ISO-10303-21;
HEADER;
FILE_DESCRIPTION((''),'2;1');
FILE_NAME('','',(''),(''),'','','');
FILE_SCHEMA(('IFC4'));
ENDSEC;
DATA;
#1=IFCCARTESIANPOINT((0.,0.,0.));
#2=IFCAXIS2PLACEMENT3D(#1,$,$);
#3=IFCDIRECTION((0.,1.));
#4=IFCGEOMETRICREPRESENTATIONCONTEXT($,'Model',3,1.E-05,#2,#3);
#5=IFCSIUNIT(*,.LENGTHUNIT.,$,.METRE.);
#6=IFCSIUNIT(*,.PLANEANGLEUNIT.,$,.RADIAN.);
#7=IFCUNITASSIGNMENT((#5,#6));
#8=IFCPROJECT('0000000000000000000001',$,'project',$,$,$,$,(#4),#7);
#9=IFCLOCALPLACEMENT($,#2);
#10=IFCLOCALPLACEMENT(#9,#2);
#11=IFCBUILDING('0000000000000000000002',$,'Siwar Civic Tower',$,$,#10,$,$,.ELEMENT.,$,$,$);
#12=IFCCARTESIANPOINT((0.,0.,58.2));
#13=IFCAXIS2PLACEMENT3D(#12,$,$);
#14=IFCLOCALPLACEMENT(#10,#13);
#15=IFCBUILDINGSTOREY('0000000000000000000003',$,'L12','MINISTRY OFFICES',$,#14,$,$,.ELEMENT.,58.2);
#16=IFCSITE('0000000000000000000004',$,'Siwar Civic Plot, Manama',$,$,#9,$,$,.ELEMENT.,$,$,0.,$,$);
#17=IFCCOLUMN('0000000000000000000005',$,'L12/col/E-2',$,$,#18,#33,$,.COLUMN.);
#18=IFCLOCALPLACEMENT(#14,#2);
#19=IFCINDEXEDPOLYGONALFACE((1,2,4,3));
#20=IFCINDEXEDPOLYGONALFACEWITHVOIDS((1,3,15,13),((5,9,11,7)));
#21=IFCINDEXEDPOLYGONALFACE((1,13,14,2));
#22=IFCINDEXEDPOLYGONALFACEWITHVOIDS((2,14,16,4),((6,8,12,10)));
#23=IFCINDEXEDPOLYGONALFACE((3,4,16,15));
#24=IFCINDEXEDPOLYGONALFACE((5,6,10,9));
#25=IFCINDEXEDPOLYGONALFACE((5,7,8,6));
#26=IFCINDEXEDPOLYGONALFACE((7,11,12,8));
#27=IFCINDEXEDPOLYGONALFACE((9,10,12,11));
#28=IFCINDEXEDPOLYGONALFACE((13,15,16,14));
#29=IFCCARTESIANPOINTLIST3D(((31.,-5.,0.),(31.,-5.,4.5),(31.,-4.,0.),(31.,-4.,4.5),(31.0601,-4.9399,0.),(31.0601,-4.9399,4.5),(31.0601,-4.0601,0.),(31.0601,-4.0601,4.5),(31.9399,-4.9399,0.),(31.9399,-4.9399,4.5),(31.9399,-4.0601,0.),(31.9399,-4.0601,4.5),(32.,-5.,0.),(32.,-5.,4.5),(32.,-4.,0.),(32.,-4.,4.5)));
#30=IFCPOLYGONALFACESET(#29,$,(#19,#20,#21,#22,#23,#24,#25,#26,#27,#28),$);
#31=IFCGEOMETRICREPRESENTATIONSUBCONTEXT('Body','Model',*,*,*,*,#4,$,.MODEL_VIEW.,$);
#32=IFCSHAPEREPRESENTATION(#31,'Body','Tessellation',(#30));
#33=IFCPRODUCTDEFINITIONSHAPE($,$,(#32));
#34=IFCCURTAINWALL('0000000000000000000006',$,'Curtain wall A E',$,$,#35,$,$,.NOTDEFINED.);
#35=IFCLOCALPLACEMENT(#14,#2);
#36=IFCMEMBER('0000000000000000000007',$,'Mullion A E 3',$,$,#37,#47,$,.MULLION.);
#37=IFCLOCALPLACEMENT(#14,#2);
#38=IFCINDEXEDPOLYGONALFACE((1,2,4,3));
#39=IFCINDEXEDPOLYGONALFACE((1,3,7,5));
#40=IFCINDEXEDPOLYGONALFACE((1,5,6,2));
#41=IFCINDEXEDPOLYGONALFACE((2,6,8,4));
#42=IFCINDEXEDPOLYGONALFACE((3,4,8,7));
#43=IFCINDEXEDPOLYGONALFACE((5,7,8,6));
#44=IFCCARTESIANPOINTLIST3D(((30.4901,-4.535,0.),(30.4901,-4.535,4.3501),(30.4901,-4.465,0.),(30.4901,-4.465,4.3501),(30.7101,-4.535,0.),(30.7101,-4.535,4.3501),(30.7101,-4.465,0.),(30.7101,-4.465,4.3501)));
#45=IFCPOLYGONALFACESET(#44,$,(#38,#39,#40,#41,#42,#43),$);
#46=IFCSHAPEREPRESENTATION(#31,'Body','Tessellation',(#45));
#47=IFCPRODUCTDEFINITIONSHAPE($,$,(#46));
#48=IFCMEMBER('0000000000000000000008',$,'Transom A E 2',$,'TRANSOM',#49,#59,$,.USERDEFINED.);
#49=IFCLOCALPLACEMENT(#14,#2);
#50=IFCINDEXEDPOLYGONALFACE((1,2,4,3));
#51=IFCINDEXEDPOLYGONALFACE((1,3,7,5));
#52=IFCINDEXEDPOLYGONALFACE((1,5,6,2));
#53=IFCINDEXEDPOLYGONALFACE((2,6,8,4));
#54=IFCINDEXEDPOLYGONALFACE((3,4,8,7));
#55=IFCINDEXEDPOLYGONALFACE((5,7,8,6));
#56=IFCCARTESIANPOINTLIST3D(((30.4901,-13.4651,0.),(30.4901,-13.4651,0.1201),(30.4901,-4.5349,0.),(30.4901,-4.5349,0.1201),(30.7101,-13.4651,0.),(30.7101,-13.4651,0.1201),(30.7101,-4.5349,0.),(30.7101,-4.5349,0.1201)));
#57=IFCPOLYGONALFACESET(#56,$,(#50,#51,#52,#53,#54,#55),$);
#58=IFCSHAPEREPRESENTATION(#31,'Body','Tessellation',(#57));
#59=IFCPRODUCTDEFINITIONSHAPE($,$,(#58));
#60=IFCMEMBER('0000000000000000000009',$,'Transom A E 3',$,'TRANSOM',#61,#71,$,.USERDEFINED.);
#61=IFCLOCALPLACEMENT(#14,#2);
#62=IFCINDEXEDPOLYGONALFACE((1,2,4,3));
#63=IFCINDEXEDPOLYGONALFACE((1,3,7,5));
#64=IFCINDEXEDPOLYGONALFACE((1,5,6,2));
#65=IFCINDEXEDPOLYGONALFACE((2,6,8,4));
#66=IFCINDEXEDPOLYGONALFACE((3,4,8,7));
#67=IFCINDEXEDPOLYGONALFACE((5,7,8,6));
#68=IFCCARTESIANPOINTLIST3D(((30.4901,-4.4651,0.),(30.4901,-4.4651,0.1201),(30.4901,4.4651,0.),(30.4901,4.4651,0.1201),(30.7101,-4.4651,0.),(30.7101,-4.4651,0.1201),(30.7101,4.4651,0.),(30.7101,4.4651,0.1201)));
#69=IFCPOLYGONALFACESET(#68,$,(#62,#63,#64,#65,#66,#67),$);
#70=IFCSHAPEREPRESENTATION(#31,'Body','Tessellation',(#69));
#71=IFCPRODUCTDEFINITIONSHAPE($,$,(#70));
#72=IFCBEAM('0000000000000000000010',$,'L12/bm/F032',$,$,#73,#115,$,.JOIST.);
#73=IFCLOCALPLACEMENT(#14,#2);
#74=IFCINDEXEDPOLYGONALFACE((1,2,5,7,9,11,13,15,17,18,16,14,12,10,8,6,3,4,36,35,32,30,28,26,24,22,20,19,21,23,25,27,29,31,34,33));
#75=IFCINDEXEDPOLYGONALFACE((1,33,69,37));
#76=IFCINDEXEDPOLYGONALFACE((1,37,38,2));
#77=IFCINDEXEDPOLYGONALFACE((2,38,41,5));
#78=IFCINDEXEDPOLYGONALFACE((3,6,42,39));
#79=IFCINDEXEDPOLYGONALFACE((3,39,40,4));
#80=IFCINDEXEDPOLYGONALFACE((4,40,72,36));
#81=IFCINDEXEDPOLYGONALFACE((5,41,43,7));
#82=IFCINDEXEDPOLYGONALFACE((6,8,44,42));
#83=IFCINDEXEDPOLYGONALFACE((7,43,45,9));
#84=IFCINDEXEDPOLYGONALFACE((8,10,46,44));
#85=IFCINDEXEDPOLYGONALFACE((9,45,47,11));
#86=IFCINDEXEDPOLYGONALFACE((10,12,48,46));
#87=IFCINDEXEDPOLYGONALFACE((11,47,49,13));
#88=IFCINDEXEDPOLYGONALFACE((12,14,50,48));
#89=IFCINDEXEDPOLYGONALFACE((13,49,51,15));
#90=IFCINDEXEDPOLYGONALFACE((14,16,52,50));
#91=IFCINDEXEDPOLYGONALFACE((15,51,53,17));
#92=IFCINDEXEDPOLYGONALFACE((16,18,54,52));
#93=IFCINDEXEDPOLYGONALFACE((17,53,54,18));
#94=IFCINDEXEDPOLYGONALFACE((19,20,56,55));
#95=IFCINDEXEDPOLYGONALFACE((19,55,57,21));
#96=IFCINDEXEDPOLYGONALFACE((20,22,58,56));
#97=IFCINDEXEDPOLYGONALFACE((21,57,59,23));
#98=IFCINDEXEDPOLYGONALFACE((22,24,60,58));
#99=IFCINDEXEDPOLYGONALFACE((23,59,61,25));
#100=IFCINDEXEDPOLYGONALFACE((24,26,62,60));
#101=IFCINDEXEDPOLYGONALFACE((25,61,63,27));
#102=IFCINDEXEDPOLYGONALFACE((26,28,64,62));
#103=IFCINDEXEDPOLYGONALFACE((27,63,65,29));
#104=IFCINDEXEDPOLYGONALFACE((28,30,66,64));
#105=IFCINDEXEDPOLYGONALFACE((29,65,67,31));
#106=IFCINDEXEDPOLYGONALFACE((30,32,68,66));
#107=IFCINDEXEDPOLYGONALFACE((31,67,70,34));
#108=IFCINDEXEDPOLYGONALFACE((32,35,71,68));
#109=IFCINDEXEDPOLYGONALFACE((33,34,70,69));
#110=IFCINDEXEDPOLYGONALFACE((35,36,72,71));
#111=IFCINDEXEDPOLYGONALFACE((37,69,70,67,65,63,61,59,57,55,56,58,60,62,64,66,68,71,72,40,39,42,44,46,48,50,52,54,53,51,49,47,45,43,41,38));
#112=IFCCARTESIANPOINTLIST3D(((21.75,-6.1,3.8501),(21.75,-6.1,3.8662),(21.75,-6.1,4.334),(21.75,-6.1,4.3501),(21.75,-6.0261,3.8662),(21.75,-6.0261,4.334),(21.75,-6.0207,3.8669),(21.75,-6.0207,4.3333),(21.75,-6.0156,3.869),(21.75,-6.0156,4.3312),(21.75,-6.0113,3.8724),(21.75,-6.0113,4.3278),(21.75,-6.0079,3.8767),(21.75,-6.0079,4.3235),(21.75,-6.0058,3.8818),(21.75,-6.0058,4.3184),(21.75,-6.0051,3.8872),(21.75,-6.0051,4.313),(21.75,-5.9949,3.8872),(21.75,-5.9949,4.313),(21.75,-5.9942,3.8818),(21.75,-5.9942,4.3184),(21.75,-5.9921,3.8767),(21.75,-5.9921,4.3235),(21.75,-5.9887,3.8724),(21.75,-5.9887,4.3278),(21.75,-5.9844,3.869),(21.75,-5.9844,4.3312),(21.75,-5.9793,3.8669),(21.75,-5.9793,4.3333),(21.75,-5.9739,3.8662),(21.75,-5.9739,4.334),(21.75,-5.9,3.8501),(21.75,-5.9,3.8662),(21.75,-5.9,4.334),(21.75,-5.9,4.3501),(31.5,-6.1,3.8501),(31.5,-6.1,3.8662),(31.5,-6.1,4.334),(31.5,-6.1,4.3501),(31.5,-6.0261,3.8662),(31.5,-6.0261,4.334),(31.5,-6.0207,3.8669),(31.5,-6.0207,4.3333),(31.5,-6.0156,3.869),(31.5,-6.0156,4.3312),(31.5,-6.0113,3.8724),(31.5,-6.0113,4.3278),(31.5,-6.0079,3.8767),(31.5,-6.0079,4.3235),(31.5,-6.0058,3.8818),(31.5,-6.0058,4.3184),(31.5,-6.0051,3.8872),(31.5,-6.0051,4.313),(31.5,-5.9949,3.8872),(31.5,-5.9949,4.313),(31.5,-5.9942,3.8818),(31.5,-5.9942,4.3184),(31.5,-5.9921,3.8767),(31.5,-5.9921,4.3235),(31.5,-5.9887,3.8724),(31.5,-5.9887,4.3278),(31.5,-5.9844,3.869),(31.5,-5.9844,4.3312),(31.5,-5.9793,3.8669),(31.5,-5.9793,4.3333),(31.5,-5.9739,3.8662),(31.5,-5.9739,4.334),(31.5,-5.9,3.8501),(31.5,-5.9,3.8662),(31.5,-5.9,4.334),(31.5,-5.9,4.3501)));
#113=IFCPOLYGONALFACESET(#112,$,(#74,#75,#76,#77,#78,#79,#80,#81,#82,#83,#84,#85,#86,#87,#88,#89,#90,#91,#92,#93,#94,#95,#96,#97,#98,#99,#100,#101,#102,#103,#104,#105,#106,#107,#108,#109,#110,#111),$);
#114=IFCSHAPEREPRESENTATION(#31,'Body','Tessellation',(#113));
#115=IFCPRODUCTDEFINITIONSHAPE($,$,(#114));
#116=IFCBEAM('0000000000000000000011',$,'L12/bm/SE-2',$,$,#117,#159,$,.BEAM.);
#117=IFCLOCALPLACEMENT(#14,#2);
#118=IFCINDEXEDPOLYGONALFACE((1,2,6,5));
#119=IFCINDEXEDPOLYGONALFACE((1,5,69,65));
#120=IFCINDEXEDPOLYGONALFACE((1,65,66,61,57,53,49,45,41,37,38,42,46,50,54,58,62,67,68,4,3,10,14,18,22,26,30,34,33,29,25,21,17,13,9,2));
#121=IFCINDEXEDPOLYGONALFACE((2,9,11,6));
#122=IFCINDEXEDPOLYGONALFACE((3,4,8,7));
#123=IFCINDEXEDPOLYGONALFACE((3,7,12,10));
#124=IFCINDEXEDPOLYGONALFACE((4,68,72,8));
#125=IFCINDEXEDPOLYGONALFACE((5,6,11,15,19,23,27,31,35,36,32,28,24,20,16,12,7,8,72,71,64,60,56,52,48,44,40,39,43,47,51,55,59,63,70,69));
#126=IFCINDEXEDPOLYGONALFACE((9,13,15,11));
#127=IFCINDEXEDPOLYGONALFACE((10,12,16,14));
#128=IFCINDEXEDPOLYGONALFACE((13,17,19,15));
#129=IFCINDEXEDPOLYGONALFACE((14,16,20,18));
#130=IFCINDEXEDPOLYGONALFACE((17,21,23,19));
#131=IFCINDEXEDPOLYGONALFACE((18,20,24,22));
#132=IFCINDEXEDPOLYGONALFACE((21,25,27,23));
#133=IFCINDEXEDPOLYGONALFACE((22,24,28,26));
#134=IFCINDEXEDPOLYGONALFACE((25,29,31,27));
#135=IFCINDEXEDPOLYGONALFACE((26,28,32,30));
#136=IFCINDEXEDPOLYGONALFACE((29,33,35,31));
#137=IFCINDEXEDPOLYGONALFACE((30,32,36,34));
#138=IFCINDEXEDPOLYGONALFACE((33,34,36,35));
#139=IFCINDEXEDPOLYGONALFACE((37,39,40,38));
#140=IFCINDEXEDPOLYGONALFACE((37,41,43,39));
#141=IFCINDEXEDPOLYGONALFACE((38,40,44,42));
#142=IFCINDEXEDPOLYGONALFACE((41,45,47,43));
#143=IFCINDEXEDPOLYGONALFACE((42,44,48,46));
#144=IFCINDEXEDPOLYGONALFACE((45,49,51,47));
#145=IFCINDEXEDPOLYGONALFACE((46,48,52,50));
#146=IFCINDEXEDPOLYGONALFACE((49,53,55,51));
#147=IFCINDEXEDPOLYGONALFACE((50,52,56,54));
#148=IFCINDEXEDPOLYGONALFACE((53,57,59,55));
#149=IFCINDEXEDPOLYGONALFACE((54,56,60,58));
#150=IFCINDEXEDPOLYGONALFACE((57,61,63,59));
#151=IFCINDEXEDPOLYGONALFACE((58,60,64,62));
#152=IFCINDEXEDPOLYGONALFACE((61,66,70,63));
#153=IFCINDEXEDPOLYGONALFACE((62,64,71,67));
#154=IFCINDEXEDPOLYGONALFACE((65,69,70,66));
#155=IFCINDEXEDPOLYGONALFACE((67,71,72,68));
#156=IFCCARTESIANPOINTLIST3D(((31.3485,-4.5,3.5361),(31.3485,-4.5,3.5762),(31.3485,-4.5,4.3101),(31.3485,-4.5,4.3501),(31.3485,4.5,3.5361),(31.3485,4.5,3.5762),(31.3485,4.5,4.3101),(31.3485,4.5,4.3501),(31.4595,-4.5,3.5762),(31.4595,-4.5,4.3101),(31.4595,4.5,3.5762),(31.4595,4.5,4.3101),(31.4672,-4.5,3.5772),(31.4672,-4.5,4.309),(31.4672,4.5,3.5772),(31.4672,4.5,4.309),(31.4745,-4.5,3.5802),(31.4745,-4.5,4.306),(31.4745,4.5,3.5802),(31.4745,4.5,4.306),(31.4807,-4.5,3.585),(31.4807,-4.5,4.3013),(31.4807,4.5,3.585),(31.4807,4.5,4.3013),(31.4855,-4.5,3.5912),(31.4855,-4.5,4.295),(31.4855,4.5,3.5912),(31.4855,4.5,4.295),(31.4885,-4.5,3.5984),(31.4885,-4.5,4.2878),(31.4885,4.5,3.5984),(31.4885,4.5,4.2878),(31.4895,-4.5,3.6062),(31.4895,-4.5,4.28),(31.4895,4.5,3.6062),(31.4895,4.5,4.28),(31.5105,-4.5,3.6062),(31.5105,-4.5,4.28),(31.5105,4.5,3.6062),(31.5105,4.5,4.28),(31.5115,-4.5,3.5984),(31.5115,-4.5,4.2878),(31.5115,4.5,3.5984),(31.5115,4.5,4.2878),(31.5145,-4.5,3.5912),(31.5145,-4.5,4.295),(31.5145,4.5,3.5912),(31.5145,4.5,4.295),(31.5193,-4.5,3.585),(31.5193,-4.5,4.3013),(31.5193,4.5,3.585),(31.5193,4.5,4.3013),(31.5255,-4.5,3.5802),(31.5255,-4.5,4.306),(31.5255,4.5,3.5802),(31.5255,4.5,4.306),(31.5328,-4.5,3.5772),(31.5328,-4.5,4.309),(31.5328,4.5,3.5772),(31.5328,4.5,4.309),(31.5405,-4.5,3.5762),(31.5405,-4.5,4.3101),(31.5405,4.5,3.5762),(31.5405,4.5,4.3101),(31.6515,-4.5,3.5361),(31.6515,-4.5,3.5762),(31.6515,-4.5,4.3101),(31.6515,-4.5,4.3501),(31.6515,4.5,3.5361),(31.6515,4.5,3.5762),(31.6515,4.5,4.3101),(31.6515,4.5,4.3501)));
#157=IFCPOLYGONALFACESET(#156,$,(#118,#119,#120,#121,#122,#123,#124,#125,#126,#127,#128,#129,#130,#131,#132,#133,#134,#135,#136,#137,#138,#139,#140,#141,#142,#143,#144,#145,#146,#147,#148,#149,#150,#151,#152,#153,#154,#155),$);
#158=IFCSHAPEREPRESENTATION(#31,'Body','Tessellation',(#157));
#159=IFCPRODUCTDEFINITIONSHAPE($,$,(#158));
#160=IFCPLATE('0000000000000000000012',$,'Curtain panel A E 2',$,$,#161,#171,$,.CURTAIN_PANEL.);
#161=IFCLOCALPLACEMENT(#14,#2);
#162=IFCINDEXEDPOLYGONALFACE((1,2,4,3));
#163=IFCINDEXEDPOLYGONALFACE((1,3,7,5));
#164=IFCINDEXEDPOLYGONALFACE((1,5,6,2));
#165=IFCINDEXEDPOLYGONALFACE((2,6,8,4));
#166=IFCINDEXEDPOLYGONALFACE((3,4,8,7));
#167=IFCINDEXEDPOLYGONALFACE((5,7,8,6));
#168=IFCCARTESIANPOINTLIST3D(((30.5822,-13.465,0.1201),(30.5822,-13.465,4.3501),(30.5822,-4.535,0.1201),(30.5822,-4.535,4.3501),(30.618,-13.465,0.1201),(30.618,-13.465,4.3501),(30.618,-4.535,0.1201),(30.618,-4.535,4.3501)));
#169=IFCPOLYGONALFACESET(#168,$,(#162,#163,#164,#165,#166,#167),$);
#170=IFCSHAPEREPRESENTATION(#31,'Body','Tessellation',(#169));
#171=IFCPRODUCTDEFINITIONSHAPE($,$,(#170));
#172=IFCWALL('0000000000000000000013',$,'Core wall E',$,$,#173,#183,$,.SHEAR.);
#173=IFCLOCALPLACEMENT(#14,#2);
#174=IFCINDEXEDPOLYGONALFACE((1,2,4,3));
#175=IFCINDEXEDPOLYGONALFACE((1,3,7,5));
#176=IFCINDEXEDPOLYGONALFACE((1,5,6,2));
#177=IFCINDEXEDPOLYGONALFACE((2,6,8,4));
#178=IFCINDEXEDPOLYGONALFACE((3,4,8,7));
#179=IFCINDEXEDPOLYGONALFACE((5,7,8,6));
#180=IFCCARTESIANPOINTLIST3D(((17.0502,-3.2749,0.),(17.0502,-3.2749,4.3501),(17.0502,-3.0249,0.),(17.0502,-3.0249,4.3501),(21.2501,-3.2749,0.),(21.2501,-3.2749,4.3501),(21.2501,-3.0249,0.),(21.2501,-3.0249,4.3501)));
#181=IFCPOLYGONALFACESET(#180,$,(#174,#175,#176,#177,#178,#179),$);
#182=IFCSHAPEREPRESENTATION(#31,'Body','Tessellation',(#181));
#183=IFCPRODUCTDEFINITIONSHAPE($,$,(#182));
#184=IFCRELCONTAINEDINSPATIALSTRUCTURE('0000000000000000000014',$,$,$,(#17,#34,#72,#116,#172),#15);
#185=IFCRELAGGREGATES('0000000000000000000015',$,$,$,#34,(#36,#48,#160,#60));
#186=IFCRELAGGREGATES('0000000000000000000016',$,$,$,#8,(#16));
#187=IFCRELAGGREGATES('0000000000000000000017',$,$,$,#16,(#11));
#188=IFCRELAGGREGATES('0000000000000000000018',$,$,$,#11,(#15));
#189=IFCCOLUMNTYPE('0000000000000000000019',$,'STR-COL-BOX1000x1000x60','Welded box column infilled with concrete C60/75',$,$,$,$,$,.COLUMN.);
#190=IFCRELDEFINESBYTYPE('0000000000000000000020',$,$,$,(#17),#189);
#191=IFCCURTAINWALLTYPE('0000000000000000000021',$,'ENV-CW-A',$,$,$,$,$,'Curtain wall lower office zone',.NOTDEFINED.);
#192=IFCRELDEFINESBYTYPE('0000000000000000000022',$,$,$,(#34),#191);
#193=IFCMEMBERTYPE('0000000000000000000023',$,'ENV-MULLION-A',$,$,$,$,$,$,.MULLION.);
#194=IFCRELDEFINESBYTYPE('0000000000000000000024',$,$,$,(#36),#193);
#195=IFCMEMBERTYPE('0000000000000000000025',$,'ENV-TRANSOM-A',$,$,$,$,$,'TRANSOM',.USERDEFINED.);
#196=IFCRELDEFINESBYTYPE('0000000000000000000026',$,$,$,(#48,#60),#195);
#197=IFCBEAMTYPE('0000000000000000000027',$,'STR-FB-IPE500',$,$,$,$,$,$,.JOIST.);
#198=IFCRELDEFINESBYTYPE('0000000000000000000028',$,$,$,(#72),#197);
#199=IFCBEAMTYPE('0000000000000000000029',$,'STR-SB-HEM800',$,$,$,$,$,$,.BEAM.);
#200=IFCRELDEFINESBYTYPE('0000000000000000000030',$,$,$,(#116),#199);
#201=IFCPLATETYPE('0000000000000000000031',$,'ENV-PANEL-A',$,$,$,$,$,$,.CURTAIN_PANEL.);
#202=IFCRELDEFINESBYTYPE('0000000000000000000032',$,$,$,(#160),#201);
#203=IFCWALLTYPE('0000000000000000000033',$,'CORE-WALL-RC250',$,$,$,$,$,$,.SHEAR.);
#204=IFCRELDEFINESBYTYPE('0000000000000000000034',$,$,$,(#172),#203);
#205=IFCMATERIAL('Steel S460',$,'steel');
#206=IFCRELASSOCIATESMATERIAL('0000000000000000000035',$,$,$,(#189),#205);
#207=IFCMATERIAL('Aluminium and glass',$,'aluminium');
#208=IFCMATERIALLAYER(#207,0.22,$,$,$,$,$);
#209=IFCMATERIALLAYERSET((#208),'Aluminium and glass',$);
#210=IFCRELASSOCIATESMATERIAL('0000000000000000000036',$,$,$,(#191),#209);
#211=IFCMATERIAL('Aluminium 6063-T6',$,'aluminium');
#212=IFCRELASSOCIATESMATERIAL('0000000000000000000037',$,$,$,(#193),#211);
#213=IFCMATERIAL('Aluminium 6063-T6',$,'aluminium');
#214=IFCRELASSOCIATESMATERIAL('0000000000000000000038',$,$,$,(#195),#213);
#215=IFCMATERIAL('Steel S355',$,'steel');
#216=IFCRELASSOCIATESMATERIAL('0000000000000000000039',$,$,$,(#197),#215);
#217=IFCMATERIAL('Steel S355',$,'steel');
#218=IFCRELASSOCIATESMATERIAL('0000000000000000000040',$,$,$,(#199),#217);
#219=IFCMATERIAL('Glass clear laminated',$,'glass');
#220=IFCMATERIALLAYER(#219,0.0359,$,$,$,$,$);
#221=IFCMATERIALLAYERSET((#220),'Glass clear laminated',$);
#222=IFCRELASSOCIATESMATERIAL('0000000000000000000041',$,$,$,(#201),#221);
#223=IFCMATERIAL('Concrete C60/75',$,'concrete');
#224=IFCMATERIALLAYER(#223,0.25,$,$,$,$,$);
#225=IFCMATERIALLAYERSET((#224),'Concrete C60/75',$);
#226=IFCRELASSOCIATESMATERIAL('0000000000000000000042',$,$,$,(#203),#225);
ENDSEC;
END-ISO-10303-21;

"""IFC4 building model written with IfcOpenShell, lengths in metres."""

from ifc_helpers import new_model, si_unit, direction, frame, frame_2d, origin, origin_2d, place, context, subcontext, project, spatial, rectangle, hollow_rectangle, i_section, extrude, material, layer, layer_set, material_profile, profile_set, type_object, element, aggregate, save


model = new_model("IFC4")

# Units and contexts
model_context = context("Model", 3, precision=1e-05, world=origin(), true_north=direction((0.0, 1.0)))
body_context = subcontext(model_context, "Body", "Model", "MODEL_VIEW")
ifc_project = project(units=[si_unit("LENGTHUNIT", "METRE"), si_unit("PLANEANGLEUNIT", "RADIAN")], contexts=[model_context])

# Site, building, storey
site_placement = place(None, origin())
site = spatial("IfcSite", under=ifc_project, at=site_placement, Name="Siwar Civic Plot, Manama", CompositionType="ELEMENT", RefElevation=0.0)
building_placement = place(site_placement, origin())
building = spatial("IfcBuilding", under=site, at=building_placement, Name="Siwar Civic Tower", CompositionType="ELEMENT")
storey_placement = place(building_placement, frame((0.0, 0.0, 58.2)))
storey = spatial("IfcBuildingStorey", under=building, at=storey_placement, Name="L12", Description="MINISTRY OFFICES", CompositionType="ELEMENT", Elevation=58.2)

# Column
ifc_material_1 = material(Name="Steel S460", Category="steel")
ifc_material_profile_1 = material_profile(ifc_material_1, hollow_rectangle(XDim=1.0, YDim=1.0, WallThickness=0.0601, at=origin_2d()), Name="BOX1000x1000x60")
ifc_profile_set_1 = profile_set([ifc_material_profile_1], Name="Steel S460")
column_type = type_object("IfcColumnType", Name="STR-COL-BOX1000x1000x60", Description="Welded box column infilled with concrete C60/75", PredefinedType="COLUMN", material=ifc_profile_set_1)
column_placement = place(storey_placement, frame((31.5, -4.5, 0.0), z_axis=(0.0, 0.0, 1.0), x_axis=(1.0, 0.0, 0.0)))
element("IfcColumn", 1, at=column_placement, inside=storey, type_object=column_type, Name="L12/col/E-2", PredefinedType="COLUMN", context=body_context, shape_type="SweptSolid", body=[
    extrude(hollow_rectangle(XDim=1.0, YDim=1.0, WallThickness=0.0601, at=origin_2d()), origin(), (0.0, 0.0, 1.0), 4.5),
])

# Curtain wall, members
ifc_material_2 = material(Name="Aluminium and glass", Category="aluminium")
ifc_layer_1 = layer(ifc_material_2, 0.22)
ifc_layer_set_1 = layer_set([ifc_layer_1], Name="Aluminium and glass")
curtain_wall_type = type_object("IfcCurtainWallType", Name="ENV-CW-A", ElementType="Curtain wall lower office zone", PredefinedType="NOTDEFINED", material=ifc_layer_set_1)
curtain_wall_placement = place(storey_placement, origin())
curtain_wall = element("IfcCurtainWall", 2, at=curtain_wall_placement, inside=storey, type_object=curtain_wall_type, Name="Curtain wall A E", PredefinedType="NOTDEFINED")
ifc_material_3 = material(Name="Aluminium 6063-T6", Category="aluminium")
ifc_material_profile_2 = material_profile(ifc_material_3, rectangle(XDim=0.22, YDim=0.0701, at=origin_2d()), Name="AL 220x70")
ifc_profile_set_2 = profile_set([ifc_material_profile_2], Name="Aluminium 6063-T6")
member_type_1 = type_object("IfcMemberType", Name="ENV-MULLION-A", PredefinedType="MULLION", material=ifc_profile_set_2)
member_1_placement = place(storey_placement, frame((30.6001, -4.5, 0.0), z_axis=(0.0, 0.0, 1.0), x_axis=(-1.0, 0.0, 0.0)))
member_1 = element("IfcMember", 3, at=member_1_placement, type_object=member_type_1, Name="Mullion A E 3", PredefinedType="MULLION", context=body_context, shape_type="SweptSolid", body=[
    extrude(rectangle(XDim=0.22, YDim=0.0701, at=origin_2d()), origin(), (0.0, 0.0, 1.0), 4.3501),
])
ifc_material_4 = material(Name="Aluminium 6063-T6", Category="aluminium")
ifc_material_profile_3 = material_profile(ifc_material_4, rectangle(XDim=0.22, YDim=0.1201, at=origin_2d()), Name="AL 220x120")
ifc_profile_set_3 = profile_set([ifc_material_profile_3], Name="Aluminium 6063-T6")
member_type_2 = type_object("IfcMemberType", Name="ENV-TRANSOM-A", ElementType="TRANSOM", PredefinedType="USERDEFINED", material=ifc_profile_set_3)
member_2_placement = place(storey_placement, frame((30.6001, -13.4651, 0.0601), z_axis=(0.0, 1.0, 0.0), x_axis=(-1.0, 0.0, 0.0)))
member_2 = element("IfcMember", 4, at=member_2_placement, type_object=member_type_2, Name="Transom A E 2", ObjectType="TRANSOM", PredefinedType="USERDEFINED", context=body_context, shape_type="SweptSolid", body=[
    extrude(rectangle(XDim=0.22, YDim=0.1201, at=origin_2d()), origin(), (0.0, 0.0, 1.0), 8.9302),
])
member_3_placement = place(storey_placement, frame((30.6001, -4.4651, 0.0601), z_axis=(0.0, 1.0, 0.0), x_axis=(-1.0, 0.0, 0.0)))
member_3 = element("IfcMember", 5, at=member_3_placement, type_object=member_type_2, Name="Transom A E 3", ObjectType="TRANSOM", PredefinedType="USERDEFINED", context=body_context, shape_type="SweptSolid", body=[
    extrude(rectangle(XDim=0.22, YDim=0.1201, at=origin_2d()), origin(), (0.0, 0.0, 1.0), 8.9302),
])

# Beams
ifc_material_5 = material(Name="Steel S355", Category="steel")
ifc_material_profile_4 = material_profile(ifc_material_5, i_section(OverallWidth=0.2, OverallDepth=0.5, WebThickness=0.0103, FlangeThickness=0.0161, FilletRadius=0.021, at=origin_2d()), Name="IPE500")
ifc_profile_set_4 = profile_set([ifc_material_profile_4], Name="Steel S355")
beam_type_1 = type_object("IfcBeamType", Name="STR-FB-IPE500", PredefinedType="JOIST", material=ifc_profile_set_4)
beam_1_placement = place(storey_placement, frame((21.75, -6.0, 4.1001), z_axis=(1.0, 0.0, 0.0), x_axis=(0.0, 1.0, 0.0)))
element("IfcBeam", 6, at=beam_1_placement, inside=storey, type_object=beam_type_1, Name="L12/bm/F032", PredefinedType="JOIST", context=body_context, shape_type="SweptSolid", body=[
    extrude(i_section(OverallWidth=0.2, OverallDepth=0.5, WebThickness=0.0103, FlangeThickness=0.0161, FilletRadius=0.021, at=origin_2d()), origin(), (0.0, 0.0, 1.0), 9.75),
])
ifc_material_6 = material(Name="Steel S355", Category="steel")
ifc_material_profile_5 = material_profile(ifc_material_6, i_section(OverallWidth=0.303, OverallDepth=0.814, WebThickness=0.021, FlangeThickness=0.04, FilletRadius=0.03, at=origin_2d()), Name="HEM800")
ifc_profile_set_5 = profile_set([ifc_material_profile_5], Name="Steel S355")
beam_type_2 = type_object("IfcBeamType", Name="STR-SB-HEM800", PredefinedType="BEAM", material=ifc_profile_set_5)
beam_2_placement = place(storey_placement, frame((31.5, -4.5, 3.9431), z_axis=(0.0, 1.0, 0.0), x_axis=(-1.0, 0.0, 0.0)))
element("IfcBeam", 7, at=beam_2_placement, inside=storey, type_object=beam_type_2, Name="L12/bm/SE-2", PredefinedType="BEAM", context=body_context, shape_type="SweptSolid", body=[
    extrude(i_section(OverallWidth=0.303, OverallDepth=0.814, WebThickness=0.021, FlangeThickness=0.04, FilletRadius=0.03, at=origin_2d()), origin(), (0.0, 0.0, 1.0), 9.0),
])

# Plate
ifc_material_7 = material(Name="Glass clear laminated", Category="glass")
ifc_layer_2 = layer(ifc_material_7, 0.0359)
ifc_layer_set_2 = layer_set([ifc_layer_2], Name="Glass clear laminated")
plate_type = type_object("IfcPlateType", Name="ENV-PANEL-A", PredefinedType="CURTAIN_PANEL", material=ifc_layer_set_2)
plate_placement = place(storey_placement, frame((30.6001, -9.0, 0.1201), z_axis=(0.0, 0.0, 1.0), x_axis=(0.0, 1.0, 0.0)))
plate = element("IfcPlate", 8, at=plate_placement, type_object=plate_type, Name="Curtain panel A E 2", PredefinedType="CURTAIN_PANEL", context=body_context, shape_type="SweptSolid", body=[
    extrude(rectangle(XDim=8.9299, YDim=0.0359, at=origin_2d()), origin(), (0.0, 0.0, 1.0), 4.23),
])
aggregate(curtain_wall, [member_1, member_2, plate, member_3])

# Wall
ifc_material_8 = material(Name="Concrete C60/75", Category="concrete")
ifc_layer_3 = layer(ifc_material_8, 0.25)
ifc_layer_set_3 = layer_set([ifc_layer_3], Name="Concrete C60/75")
wall_type_1 = type_object("IfcWallType", Name="CORE-WALL-RC250", PredefinedType="SHEAR", material=ifc_layer_set_3)
wall_1_placement = place(storey_placement, frame((17.05, -3.1499, 0.0), z_axis=(0.0, 0.0, 1.0), x_axis=(1.0, 0.0, 0.0)))
element("IfcWall", 9, at=wall_1_placement, inside=storey, type_object=wall_type_1, Name="Core wall E", PredefinedType="SHEAR", context=body_context, shape_type="SweptSolid", body=[
    extrude(rectangle(XDim=4.2, YDim=0.25, at=frame_2d((2.1001, 0.0))), origin(), (0.0, 0.0, 1.0), 4.3501),
])

save(model, "model.ifc")
